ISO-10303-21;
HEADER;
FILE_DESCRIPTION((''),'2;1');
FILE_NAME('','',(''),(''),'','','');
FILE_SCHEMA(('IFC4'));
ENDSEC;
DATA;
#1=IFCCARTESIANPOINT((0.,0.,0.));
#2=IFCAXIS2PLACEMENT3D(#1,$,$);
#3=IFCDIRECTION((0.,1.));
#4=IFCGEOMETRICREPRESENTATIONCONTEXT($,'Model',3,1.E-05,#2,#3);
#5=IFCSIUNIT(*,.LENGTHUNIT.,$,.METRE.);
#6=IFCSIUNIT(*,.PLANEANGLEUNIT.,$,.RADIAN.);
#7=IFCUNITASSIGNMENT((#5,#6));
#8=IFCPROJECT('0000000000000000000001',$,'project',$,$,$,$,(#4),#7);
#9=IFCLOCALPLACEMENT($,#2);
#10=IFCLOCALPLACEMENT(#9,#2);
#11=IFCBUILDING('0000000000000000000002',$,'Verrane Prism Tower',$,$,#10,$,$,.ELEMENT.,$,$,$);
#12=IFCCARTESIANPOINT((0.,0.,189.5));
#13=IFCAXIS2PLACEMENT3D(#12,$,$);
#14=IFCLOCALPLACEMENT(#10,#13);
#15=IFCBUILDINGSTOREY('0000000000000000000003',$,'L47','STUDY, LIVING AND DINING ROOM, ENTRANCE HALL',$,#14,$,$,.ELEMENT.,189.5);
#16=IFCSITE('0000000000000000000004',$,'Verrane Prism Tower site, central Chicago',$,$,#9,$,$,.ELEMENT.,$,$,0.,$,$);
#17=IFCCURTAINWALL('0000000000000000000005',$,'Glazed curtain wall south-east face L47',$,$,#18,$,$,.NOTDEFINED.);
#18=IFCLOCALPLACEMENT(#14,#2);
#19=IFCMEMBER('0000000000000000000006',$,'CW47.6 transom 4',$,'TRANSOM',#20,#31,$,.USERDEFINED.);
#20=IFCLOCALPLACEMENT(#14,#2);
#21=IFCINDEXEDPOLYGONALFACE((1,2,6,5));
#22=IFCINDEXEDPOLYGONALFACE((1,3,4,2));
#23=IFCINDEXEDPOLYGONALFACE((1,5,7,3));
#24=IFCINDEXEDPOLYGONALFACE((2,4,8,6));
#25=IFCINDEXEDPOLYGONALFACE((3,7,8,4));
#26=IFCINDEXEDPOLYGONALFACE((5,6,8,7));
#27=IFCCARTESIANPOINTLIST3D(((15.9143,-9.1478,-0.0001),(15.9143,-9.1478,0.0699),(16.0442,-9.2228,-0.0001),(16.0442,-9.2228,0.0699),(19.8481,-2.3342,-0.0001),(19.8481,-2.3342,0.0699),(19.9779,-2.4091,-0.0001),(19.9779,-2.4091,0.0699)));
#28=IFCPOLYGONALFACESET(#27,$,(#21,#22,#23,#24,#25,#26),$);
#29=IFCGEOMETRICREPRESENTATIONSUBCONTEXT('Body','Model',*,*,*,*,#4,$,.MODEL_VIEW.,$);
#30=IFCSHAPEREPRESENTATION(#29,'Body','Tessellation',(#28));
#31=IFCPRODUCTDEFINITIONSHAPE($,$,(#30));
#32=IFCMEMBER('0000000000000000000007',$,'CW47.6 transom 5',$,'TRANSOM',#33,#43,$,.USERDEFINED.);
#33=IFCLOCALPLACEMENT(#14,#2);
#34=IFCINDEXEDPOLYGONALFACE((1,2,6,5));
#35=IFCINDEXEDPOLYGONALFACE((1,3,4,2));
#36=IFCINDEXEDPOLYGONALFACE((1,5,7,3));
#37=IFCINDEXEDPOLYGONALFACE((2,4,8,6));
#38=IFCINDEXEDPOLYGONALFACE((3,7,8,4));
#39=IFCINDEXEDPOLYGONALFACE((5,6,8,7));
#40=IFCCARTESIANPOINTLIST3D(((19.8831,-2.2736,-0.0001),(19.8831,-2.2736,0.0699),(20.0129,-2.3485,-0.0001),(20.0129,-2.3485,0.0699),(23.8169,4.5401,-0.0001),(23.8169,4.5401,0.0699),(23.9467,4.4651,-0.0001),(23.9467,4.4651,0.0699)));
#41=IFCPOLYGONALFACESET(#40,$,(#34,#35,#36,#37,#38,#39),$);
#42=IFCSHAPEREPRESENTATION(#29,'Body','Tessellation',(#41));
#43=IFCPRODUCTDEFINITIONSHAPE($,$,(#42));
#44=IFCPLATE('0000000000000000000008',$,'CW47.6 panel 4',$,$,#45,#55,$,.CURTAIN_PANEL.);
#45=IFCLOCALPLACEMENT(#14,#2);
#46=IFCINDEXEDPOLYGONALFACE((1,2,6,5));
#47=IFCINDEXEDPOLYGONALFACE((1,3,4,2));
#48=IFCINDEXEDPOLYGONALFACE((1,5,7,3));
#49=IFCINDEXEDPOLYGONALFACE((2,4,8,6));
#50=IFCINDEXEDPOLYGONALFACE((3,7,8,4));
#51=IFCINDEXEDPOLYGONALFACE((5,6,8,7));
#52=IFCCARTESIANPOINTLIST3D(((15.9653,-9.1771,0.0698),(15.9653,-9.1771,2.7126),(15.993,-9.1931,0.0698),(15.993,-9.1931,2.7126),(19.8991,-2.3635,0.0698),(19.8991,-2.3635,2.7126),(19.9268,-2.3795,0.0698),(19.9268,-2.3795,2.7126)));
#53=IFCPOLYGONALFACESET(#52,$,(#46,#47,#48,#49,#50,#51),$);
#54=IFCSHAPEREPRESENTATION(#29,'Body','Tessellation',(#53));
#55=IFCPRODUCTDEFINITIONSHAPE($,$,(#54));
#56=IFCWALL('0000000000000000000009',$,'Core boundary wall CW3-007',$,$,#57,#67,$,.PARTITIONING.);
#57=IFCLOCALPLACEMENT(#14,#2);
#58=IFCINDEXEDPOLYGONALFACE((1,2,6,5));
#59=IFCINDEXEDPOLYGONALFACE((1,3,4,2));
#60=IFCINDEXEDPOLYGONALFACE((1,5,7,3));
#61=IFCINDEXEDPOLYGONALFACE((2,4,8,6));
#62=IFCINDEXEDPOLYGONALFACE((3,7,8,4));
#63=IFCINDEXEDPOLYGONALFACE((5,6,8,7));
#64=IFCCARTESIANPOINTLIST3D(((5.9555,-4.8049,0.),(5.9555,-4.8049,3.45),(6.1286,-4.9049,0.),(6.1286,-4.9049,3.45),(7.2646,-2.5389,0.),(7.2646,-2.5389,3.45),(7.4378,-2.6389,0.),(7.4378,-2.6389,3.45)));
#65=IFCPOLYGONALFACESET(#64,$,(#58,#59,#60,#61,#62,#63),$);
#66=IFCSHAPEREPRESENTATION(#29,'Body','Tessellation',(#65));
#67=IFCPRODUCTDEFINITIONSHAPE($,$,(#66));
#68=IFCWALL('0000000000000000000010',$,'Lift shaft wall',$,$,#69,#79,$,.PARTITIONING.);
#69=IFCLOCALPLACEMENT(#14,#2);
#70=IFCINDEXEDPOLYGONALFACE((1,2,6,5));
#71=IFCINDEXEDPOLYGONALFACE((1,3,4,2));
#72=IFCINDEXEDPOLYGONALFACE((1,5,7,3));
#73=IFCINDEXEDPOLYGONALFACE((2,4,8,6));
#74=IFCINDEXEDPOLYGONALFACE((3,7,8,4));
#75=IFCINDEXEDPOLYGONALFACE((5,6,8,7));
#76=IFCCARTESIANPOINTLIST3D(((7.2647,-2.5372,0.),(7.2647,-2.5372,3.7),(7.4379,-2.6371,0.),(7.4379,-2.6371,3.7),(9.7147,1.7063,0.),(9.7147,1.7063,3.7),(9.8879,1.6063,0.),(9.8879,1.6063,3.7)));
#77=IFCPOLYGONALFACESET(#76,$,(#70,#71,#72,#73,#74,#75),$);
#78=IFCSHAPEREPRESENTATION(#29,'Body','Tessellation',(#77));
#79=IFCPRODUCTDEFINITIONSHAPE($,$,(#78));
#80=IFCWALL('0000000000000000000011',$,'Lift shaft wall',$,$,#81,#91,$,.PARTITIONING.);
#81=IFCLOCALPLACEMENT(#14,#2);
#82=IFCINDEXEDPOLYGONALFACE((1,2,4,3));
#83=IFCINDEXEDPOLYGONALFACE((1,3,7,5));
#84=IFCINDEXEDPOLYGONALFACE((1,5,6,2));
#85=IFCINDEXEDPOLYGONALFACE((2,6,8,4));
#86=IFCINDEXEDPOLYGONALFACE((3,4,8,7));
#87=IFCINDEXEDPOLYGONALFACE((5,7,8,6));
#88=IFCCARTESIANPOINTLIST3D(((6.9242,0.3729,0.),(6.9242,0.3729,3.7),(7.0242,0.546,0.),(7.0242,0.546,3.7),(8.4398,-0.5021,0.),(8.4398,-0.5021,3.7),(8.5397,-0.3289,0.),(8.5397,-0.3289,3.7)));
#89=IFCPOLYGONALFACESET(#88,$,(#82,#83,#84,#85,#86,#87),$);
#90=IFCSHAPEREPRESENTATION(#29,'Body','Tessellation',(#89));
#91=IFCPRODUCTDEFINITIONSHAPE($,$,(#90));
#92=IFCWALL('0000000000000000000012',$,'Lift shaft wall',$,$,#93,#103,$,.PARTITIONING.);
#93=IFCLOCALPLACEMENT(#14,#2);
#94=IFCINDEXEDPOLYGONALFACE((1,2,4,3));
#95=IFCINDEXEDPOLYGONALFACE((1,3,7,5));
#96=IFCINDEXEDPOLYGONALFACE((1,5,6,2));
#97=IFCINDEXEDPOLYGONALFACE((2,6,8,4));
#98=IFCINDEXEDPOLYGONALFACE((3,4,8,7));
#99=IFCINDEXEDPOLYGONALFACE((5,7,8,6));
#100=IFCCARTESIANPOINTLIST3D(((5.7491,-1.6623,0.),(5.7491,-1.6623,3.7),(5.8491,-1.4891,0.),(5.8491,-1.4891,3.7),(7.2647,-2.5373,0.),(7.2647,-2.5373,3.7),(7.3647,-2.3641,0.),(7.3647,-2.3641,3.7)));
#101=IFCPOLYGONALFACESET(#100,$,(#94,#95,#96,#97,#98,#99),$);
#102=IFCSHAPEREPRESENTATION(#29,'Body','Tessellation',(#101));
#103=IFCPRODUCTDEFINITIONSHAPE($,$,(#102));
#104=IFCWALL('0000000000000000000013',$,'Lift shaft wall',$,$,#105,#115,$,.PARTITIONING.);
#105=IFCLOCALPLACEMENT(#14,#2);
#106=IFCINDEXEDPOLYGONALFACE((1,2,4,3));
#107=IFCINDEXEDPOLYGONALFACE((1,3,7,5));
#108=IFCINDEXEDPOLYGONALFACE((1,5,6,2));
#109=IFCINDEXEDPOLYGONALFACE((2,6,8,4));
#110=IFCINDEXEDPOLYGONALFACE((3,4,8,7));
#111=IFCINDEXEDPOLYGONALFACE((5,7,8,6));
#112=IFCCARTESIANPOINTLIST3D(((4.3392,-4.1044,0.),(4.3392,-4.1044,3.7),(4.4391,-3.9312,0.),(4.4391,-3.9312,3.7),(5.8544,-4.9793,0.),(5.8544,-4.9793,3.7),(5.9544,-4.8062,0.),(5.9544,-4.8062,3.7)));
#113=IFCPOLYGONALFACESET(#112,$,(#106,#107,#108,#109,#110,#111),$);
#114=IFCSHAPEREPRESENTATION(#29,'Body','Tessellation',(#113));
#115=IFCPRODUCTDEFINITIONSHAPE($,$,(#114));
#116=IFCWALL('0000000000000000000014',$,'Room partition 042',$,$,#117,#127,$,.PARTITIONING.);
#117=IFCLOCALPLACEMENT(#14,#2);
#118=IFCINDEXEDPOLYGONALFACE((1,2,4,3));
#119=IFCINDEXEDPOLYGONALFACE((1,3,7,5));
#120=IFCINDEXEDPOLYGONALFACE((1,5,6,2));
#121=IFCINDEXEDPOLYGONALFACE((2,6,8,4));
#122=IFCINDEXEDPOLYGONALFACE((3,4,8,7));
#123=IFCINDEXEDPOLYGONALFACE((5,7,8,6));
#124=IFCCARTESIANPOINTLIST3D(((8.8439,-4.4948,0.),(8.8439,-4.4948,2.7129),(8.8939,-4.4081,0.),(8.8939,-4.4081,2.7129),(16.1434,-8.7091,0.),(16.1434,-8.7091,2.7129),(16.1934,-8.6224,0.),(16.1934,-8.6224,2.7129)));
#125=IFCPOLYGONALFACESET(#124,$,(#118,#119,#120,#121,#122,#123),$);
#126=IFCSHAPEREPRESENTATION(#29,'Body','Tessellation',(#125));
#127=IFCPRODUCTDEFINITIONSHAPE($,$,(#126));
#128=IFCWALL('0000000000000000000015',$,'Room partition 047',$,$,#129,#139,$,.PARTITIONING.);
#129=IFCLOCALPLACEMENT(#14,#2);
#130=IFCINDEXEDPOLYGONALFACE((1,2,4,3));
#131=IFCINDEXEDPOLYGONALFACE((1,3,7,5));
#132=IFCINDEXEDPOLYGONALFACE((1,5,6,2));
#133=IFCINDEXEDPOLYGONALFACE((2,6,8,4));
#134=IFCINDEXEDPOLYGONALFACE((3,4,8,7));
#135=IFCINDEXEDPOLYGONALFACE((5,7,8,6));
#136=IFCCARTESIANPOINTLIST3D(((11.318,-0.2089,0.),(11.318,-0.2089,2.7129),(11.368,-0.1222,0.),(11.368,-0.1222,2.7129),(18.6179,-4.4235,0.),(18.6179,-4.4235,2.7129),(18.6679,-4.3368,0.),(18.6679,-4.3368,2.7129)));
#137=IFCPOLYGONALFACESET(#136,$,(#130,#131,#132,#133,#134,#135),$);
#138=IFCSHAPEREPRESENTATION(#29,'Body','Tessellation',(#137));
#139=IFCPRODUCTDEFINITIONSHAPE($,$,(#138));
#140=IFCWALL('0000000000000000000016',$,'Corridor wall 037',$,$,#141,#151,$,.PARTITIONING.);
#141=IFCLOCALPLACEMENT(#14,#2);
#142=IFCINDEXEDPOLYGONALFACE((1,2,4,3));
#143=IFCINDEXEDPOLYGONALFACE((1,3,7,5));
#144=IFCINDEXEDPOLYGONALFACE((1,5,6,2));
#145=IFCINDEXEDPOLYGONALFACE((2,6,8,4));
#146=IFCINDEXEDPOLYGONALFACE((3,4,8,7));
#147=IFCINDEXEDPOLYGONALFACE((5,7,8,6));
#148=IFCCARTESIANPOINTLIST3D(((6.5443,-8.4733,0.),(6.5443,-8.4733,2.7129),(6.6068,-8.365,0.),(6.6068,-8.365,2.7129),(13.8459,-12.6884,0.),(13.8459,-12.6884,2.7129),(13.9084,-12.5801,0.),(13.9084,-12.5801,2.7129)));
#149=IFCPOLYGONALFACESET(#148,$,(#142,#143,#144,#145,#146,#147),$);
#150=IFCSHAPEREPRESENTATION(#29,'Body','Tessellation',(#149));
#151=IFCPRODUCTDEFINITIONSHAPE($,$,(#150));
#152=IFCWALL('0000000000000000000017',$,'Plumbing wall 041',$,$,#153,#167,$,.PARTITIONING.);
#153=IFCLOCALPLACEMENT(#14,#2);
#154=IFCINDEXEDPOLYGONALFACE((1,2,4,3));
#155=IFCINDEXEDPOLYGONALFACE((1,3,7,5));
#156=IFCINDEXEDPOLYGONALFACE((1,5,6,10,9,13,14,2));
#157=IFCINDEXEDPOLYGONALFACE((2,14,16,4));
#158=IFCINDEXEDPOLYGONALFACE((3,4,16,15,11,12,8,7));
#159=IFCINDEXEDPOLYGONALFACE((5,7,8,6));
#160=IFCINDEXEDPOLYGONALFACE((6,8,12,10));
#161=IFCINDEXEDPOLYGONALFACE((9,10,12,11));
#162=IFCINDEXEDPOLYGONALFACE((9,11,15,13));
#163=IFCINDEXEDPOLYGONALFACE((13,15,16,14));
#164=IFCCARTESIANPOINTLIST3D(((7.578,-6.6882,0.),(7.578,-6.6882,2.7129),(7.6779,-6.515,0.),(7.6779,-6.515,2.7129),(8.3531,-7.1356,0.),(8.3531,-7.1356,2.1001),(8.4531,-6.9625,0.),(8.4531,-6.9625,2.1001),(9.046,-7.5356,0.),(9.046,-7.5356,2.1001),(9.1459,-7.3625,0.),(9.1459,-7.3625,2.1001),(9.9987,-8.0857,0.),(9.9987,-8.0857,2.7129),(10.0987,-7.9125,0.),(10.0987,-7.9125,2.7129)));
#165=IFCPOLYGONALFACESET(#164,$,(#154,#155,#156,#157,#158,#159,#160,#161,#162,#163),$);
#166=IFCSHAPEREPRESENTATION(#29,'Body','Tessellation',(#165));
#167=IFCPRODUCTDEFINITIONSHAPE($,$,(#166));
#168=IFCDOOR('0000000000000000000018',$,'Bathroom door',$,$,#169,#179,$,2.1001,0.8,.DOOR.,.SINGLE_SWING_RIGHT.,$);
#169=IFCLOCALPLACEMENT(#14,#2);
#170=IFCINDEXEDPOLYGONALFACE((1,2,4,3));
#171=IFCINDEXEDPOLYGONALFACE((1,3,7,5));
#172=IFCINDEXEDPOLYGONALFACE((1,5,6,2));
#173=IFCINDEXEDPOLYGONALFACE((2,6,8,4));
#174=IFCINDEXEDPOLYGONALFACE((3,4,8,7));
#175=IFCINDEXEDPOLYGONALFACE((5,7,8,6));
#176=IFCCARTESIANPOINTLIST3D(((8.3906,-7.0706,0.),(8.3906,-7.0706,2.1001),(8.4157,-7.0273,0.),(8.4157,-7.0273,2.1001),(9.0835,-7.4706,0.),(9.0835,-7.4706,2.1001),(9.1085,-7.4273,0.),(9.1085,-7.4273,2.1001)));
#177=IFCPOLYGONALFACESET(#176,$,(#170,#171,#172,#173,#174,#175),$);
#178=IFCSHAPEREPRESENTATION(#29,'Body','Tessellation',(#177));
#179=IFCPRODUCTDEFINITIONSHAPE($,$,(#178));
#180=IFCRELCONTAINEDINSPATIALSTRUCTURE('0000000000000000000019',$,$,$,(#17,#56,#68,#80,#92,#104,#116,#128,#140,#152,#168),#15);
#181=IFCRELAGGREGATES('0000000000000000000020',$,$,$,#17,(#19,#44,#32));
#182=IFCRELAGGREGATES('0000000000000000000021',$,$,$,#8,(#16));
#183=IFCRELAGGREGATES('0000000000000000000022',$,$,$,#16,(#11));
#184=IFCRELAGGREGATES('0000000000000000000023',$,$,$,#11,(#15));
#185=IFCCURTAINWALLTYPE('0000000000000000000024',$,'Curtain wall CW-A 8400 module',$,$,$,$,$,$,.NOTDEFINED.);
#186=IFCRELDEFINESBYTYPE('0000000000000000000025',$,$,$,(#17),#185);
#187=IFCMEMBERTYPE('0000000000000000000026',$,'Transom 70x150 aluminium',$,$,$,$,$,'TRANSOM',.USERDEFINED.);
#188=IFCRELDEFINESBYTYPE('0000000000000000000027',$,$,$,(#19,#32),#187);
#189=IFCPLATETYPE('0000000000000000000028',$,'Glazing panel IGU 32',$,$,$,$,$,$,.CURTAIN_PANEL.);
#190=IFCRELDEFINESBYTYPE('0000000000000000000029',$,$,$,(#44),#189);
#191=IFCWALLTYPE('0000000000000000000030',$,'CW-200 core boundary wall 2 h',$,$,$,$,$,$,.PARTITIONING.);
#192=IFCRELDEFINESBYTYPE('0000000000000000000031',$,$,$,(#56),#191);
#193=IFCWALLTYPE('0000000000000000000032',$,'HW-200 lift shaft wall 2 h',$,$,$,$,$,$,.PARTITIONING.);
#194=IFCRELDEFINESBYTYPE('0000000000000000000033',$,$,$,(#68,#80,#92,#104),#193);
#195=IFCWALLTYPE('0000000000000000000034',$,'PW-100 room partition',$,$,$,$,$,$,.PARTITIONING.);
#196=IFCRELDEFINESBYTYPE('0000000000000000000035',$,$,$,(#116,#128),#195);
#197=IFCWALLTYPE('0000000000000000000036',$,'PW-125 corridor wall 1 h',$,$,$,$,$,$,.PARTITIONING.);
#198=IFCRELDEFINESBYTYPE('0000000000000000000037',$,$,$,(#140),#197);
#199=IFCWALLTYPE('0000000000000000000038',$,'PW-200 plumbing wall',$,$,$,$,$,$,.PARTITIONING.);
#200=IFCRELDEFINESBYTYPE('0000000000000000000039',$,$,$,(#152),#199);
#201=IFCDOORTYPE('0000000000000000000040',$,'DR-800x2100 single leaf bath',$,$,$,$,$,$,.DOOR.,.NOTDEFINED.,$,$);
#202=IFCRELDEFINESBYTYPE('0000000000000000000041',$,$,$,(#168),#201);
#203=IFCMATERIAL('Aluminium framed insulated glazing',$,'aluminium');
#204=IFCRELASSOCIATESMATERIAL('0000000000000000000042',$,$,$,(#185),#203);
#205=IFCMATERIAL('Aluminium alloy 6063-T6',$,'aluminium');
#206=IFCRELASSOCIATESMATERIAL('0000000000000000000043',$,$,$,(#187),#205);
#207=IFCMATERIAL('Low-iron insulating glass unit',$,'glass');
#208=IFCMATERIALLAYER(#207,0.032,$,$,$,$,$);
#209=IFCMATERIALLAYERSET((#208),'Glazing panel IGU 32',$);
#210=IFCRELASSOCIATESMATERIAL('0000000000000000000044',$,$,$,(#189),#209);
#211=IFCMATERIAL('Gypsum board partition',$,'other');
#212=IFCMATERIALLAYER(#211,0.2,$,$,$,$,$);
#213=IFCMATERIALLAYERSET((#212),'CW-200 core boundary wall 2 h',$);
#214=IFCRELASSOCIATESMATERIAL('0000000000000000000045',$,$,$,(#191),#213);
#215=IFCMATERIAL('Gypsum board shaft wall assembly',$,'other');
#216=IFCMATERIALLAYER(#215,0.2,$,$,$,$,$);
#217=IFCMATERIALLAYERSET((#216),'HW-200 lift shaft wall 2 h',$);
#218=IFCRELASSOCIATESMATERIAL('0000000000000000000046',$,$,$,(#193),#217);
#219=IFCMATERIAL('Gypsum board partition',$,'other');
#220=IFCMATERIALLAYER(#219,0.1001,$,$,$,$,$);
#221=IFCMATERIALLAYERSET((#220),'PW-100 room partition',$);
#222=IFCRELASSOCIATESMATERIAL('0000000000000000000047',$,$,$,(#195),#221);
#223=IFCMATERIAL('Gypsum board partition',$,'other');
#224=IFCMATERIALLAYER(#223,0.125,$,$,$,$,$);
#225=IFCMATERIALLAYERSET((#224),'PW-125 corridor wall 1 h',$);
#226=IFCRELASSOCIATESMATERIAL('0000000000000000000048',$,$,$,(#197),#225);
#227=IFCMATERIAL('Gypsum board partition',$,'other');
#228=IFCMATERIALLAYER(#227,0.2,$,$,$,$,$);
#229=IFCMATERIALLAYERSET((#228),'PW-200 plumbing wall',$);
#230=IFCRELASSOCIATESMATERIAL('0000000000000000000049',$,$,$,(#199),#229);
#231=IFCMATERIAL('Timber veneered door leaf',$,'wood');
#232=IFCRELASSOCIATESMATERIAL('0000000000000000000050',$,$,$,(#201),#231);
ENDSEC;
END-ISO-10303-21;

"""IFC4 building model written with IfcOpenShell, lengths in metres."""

from ifc_helpers import new_model, si_unit, direction, frame, frame_2d, origin, origin_2d, place, context, subcontext, project, spatial, rectangle, extrude, material, layer, layer_set, material_profile, profile_set, type_object, element, fill, aggregate, save


model = new_model("IFC4")

# Units and contexts
model_context = context("Model", 3, precision=1e-05, world=origin(), true_north=direction((0.0, 1.0)))
body_context = subcontext(model_context, "Body", "Model", "MODEL_VIEW")
ifc_project = project(units=[si_unit("LENGTHUNIT", "METRE"), si_unit("PLANEANGLEUNIT", "RADIAN")], contexts=[model_context])

# Site, building, storey
site_placement = place(None, origin())
site = spatial("IfcSite", under=ifc_project, at=site_placement, Name="Verrane Prism Tower site, central Chicago", CompositionType="ELEMENT", RefElevation=0.0)
building_placement = place(site_placement, origin())
building = spatial("IfcBuilding", under=site, at=building_placement, Name="Verrane Prism Tower", CompositionType="ELEMENT")
storey_placement = place(building_placement, frame((0.0, 0.0, 189.5)))
storey = spatial("IfcBuildingStorey", under=building, at=storey_placement, Name="L47", Description="STUDY, LIVING AND DINING ROOM, ENTRANCE HALL", CompositionType="ELEMENT", Elevation=189.5)

# Curtain wall
ifc_material_1 = material(Name="Aluminium framed insulated glazing", Category="aluminium")
curtain_wall_type = type_object("IfcCurtainWallType", Name="Curtain wall CW-A 8400 module", PredefinedType="NOTDEFINED", material=ifc_material_1)
curtain_wall_placement = place(storey_placement, origin())
curtain_wall = element("IfcCurtainWall", 1, at=curtain_wall_placement, inside=storey, type_object=curtain_wall_type, Name="Glazed curtain wall south-east face L47", PredefinedType="NOTDEFINED")

# Members
ifc_material_2 = material(Name="Aluminium alloy 6063-T6", Category="aluminium")
ifc_material_profile_1 = material_profile(ifc_material_2, rectangle(XDim=0.1499, YDim=0.0701, at=origin_2d()), Name="Transom 70x150 aluminium")
ifc_profile_set_1 = profile_set([ifc_material_profile_1], Name="Aluminium alloy 6063-T6")
member_type_1 = type_object("IfcMemberType", Name="Transom 70x150 aluminium", ElementType="TRANSOM", PredefinedType="USERDEFINED", material=ifc_profile_set_1)
member_1_placement = place(storey_placement, frame((15.9792, -9.1853, 0.0349), z_axis=(0.499994, 0.866029, 0.0), x_axis=(-0.866029, 0.499994, 0.0)))
member_1 = element("IfcMember", 2, at=member_1_placement, type_object=member_type_1, Name="CW47.6 transom 4", ObjectType="TRANSOM", PredefinedType="USERDEFINED", context=body_context, shape_type="SweptSolid", body=[
    extrude(rectangle(XDim=0.1499, YDim=0.0701, at=origin_2d()), origin(), (0.0, 0.0, 1.0), 7.8677),
])
member_2_placement = place(storey_placement, frame((19.948, -2.311, 0.0349), z_axis=(0.499994, 0.866029, 0.0), x_axis=(-0.866029, 0.499994, 0.0)))
member_2 = element("IfcMember", 3, at=member_2_placement, type_object=member_type_1, Name="CW47.6 transom 5", ObjectType="TRANSOM", PredefinedType="USERDEFINED", context=body_context, shape_type="SweptSolid", body=[
    extrude(rectangle(XDim=0.1499, YDim=0.0701, at=origin_2d()), origin(), (0.0, 0.0, 1.0), 7.8677),
])

# Plate
ifc_material_3 = material(Name="Low-iron insulating glass unit", Category="glass")
ifc_layer_1 = layer(ifc_material_3, 0.032)
ifc_layer_set_1 = layer_set([ifc_layer_1], Name="Glazing panel IGU 32")
plate_type = type_object("IfcPlateType", Name="Glazing panel IGU 32", PredefinedType="CURTAIN_PANEL", material=ifc_layer_set_1)
plate_placement = place(storey_placement, frame((17.946, -5.7783, 0.0698), z_axis=(0.0, 0.0, 1.0), x_axis=(0.5, 0.866026, 0.0)))
plate = element("IfcPlate", 4, at=plate_placement, type_object=plate_type, Name="CW47.6 panel 4", PredefinedType="CURTAIN_PANEL", context=body_context, shape_type="SweptSolid", body=[
    extrude(rectangle(XDim=7.8677, YDim=0.032, at=origin_2d()), origin(), (0.0, 0.0, 1.0), 2.6428),
])
aggregate(curtain_wall, [member_1, plate, member_2])

# Walls
ifc_material_4 = material(Name="Gypsum board partition", Category="other")
ifc_layer_2 = layer(ifc_material_4, 0.2)
ifc_layer_set_2 = layer_set([ifc_layer_2], Name="CW-200 core boundary wall 2 h")
wall_type_1 = type_object("IfcWallType", Name="CW-200 core boundary wall 2 h", PredefinedType="PARTITIONING", material=ifc_layer_set_2)
wall_1_placement = place(storey_placement, frame((6.042, -4.855, 0.0), z_axis=(0.0, 0.0, 1.0), x_axis=(0.500253, 0.865879, 0.0)))
element("IfcWall", 5, at=wall_1_placement, inside=storey, type_object=wall_type_1, Name="Core boundary wall CW3-007", PredefinedType="PARTITIONING", context=body_context, shape_type="SweptSolid", body=[
    extrude(rectangle(XDim=2.6169, YDim=0.2, at=frame_2d((1.3086, 0.0))), origin(), (0.0, 0.0, 1.0), 3.45),
])
ifc_material_5 = material(Name="Gypsum board shaft wall assembly", Category="other")
ifc_layer_3 = layer(ifc_material_5, 0.2)
ifc_layer_set_3 = layer_set([ifc_layer_3], Name="HW-200 lift shaft wall 2 h")
wall_type_2 = type_object("IfcWallType", Name="HW-200 lift shaft wall 2 h", PredefinedType="PARTITIONING", material=ifc_layer_set_3)
wall_2_placement = place(storey_placement, frame((7.3513, -2.5872, 0.0), z_axis=(0.0, 0.0, 1.0), x_axis=(0.500003, 0.866024, 0.0)))
element("IfcWall", 6, at=wall_2_placement, inside=storey, type_object=wall_type_2, Name="Lift shaft wall", PredefinedType="PARTITIONING", context=body_context, shape_type="SweptSolid", body=[
    extrude(rectangle(XDim=4.8999, YDim=0.2, at=frame_2d((2.45, 0.0))), origin(), (0.0, 0.0, 1.0), 3.7),
])
for number, where, z_axis, x_axis, name in (
    (7, (8.4897, -0.4155, 0.0), (0.0, 0.0, 1.0), (-0.866037, 0.49998, 0.0), "Lift shaft wall"),
    (8, (7.3147, -2.4507, 0.0), (0.0, 0.0, 1.0), (-0.866037, 0.49998, 0.0), "Lift shaft wall"),
):
    element("IfcWall", number, at=place(storey_placement, frame(where, z_axis=z_axis, x_axis=x_axis)), inside=storey, type_object=wall_type_2, Name=name, PredefinedType="PARTITIONING", context=body_context, shape_type="SweptSolid", body=[
        extrude(rectangle(XDim=1.75, YDim=0.2, at=frame_2d((0.875, 0.0))), origin(), (0.0, 0.0, 1.0), 3.7),
    ])
wall_3_placement = place(storey_placement, frame((5.9045, -4.8928, 0.0), z_axis=(0.0, 0.0, 1.0), x_axis=(-0.866002, 0.50004, 0.0)))
element("IfcWall", 9, at=wall_3_placement, inside=storey, type_object=wall_type_2, Name="Lift shaft wall", PredefinedType="PARTITIONING", context=body_context, shape_type="SweptSolid", body=[
    extrude(rectangle(XDim=1.7498, YDim=0.2, at=frame_2d((0.875, 0.0))), origin(), (0.0, 0.0, 1.0), 3.7),
])
ifc_material_6 = material(Name="Gypsum board partition", Category="other")
ifc_layer_4 = layer(ifc_material_6, 0.1001)
ifc_layer_set_4 = layer_set([ifc_layer_4], Name="PW-100 room partition")
wall_type_3 = type_object("IfcWallType", Name="PW-100 room partition", PredefinedType="PARTITIONING", material=ifc_layer_set_4)
wall_4_placement = place(storey_placement, frame((8.8689, -4.4514, 0.0), z_axis=(0.0, 0.0, 1.0), x_axis=(0.866028, -0.499996, 0.0)))
element("IfcWall", 10, at=wall_4_placement, inside=storey, type_object=wall_type_3, Name="Room partition 042", PredefinedType="PARTITIONING", context=body_context, shape_type="SweptSolid", body=[
    extrude(rectangle(XDim=8.4287, YDim=0.1001, at=frame_2d((4.2144, 0.0))), origin(), (0.0, 0.0, 1.0), 2.7129),
])
wall_5_placement = place(storey_placement, frame((11.343, -0.1655, 0.0), z_axis=(0.0, 0.0, 1.0), x_axis=(0.866023, -0.500005, 0.0)))
element("IfcWall", 11, at=wall_5_placement, inside=storey, type_object=wall_type_3, Name="Room partition 047", PredefinedType="PARTITIONING", context=body_context, shape_type="SweptSolid", body=[
    extrude(rectangle(XDim=8.4292, YDim=0.1001, at=frame_2d((4.2146, 0.0))), origin(), (0.0, 0.0, 1.0), 2.7129),
])
ifc_material_7 = material(Name="Gypsum board partition", Category="other")
ifc_layer_5 = layer(ifc_material_7, 0.125)
ifc_layer_set_5 = layer_set([ifc_layer_5], Name="PW-125 corridor wall 1 h")
wall_type_4 = type_object("IfcWallType", Name="PW-125 corridor wall 1 h", PredefinedType="PARTITIONING", material=ifc_layer_set_5)
wall_6_placement = place(storey_placement, frame((6.5757, -8.4192, 0.0), z_axis=(0.0, 0.0, 1.0), x_axis=(0.866048, -0.499961, 0.0)))
element("IfcWall", 12, at=wall_6_placement, inside=storey, type_object=wall_type_4, Name="Corridor wall 037", PredefinedType="PARTITIONING", context=body_context, shape_type="SweptSolid", body=[
    extrude(rectangle(XDim=8.4309, YDim=0.125, at=frame_2d((4.2153, 0.0))), origin(), (0.0, 0.0, 1.0), 2.7129),
])

# Wall, opening, door
ifc_material_8 = material(Name="Gypsum board partition", Category="other")
ifc_layer_6 = layer(ifc_material_8, 0.2)
ifc_layer_set_6 = layer_set([ifc_layer_6], Name="PW-200 plumbing wall")
wall_type_5 = type_object("IfcWallType", Name="PW-200 plumbing wall", PredefinedType="PARTITIONING", material=ifc_layer_set_6)
wall_7_placement = place(storey_placement, frame((10.0486, -7.999, 0.0), z_axis=(0.0, 0.0, 1.0), x_axis=(-0.866042, 0.499972, 0.0)))
wall_7 = element("IfcWall", 13, at=wall_7_placement, inside=storey, type_object=wall_type_5, Name="Plumbing wall 041", PredefinedType="PARTITIONING", context=body_context, shape_type="SweptSolid", body=[
    extrude(rectangle(XDim=2.7952, YDim=0.2, at=frame_2d((1.3975, 0.0))), origin(), (0.0, 0.0, 1.0), 2.7129),
])
opening_placement = place(wall_7_placement, frame((1.1001, 0.0, 0.0)))
opening = element("IfcOpeningElement", 14, at=opening_placement, cuts=wall_7, PredefinedType="OPENING", context=body_context, shape_type="SweptSolid", body=[
    extrude(rectangle(XDim=0.8, YDim=2.1001, at=frame_2d((0.3999, 1.05))), frame((0.0, 0.1099, 0.0), z_axis=(0.0, -1.0, 0.0), x_axis=(1.0, 0.0, 0.0)), (0.0, 0.0, 1.0), 0.22),
])
ifc_material_9 = material(Name="Timber veneered door leaf", Category="wood")
door_type = type_object("IfcDoorType", Name="DR-800x2100 single leaf bath", OperationType="NOTDEFINED", PredefinedType="DOOR", material=ifc_material_9)
door_placement = place(opening_placement, origin())
door = element("IfcDoor", 15, at=door_placement, inside=storey, type_object=door_type, Name="Bathroom door", OperationType="SINGLE_SWING_RIGHT", OverallHeight=2.1001, OverallWidth=0.8, PredefinedType="DOOR", context=body_context, shape_type="SweptSolid", body=[
    extrude(rectangle(XDim=0.8, YDim=2.1001, at=frame_2d((0.3999, 1.05))), frame((0.0, 0.0249, 0.0), z_axis=(0.0, -1.0, 0.0), x_axis=(1.0, 0.0, 0.0)), (0.0, 0.0, 1.0), 0.05),
])
fill(opening, door)

save(model, "model.ifc")
